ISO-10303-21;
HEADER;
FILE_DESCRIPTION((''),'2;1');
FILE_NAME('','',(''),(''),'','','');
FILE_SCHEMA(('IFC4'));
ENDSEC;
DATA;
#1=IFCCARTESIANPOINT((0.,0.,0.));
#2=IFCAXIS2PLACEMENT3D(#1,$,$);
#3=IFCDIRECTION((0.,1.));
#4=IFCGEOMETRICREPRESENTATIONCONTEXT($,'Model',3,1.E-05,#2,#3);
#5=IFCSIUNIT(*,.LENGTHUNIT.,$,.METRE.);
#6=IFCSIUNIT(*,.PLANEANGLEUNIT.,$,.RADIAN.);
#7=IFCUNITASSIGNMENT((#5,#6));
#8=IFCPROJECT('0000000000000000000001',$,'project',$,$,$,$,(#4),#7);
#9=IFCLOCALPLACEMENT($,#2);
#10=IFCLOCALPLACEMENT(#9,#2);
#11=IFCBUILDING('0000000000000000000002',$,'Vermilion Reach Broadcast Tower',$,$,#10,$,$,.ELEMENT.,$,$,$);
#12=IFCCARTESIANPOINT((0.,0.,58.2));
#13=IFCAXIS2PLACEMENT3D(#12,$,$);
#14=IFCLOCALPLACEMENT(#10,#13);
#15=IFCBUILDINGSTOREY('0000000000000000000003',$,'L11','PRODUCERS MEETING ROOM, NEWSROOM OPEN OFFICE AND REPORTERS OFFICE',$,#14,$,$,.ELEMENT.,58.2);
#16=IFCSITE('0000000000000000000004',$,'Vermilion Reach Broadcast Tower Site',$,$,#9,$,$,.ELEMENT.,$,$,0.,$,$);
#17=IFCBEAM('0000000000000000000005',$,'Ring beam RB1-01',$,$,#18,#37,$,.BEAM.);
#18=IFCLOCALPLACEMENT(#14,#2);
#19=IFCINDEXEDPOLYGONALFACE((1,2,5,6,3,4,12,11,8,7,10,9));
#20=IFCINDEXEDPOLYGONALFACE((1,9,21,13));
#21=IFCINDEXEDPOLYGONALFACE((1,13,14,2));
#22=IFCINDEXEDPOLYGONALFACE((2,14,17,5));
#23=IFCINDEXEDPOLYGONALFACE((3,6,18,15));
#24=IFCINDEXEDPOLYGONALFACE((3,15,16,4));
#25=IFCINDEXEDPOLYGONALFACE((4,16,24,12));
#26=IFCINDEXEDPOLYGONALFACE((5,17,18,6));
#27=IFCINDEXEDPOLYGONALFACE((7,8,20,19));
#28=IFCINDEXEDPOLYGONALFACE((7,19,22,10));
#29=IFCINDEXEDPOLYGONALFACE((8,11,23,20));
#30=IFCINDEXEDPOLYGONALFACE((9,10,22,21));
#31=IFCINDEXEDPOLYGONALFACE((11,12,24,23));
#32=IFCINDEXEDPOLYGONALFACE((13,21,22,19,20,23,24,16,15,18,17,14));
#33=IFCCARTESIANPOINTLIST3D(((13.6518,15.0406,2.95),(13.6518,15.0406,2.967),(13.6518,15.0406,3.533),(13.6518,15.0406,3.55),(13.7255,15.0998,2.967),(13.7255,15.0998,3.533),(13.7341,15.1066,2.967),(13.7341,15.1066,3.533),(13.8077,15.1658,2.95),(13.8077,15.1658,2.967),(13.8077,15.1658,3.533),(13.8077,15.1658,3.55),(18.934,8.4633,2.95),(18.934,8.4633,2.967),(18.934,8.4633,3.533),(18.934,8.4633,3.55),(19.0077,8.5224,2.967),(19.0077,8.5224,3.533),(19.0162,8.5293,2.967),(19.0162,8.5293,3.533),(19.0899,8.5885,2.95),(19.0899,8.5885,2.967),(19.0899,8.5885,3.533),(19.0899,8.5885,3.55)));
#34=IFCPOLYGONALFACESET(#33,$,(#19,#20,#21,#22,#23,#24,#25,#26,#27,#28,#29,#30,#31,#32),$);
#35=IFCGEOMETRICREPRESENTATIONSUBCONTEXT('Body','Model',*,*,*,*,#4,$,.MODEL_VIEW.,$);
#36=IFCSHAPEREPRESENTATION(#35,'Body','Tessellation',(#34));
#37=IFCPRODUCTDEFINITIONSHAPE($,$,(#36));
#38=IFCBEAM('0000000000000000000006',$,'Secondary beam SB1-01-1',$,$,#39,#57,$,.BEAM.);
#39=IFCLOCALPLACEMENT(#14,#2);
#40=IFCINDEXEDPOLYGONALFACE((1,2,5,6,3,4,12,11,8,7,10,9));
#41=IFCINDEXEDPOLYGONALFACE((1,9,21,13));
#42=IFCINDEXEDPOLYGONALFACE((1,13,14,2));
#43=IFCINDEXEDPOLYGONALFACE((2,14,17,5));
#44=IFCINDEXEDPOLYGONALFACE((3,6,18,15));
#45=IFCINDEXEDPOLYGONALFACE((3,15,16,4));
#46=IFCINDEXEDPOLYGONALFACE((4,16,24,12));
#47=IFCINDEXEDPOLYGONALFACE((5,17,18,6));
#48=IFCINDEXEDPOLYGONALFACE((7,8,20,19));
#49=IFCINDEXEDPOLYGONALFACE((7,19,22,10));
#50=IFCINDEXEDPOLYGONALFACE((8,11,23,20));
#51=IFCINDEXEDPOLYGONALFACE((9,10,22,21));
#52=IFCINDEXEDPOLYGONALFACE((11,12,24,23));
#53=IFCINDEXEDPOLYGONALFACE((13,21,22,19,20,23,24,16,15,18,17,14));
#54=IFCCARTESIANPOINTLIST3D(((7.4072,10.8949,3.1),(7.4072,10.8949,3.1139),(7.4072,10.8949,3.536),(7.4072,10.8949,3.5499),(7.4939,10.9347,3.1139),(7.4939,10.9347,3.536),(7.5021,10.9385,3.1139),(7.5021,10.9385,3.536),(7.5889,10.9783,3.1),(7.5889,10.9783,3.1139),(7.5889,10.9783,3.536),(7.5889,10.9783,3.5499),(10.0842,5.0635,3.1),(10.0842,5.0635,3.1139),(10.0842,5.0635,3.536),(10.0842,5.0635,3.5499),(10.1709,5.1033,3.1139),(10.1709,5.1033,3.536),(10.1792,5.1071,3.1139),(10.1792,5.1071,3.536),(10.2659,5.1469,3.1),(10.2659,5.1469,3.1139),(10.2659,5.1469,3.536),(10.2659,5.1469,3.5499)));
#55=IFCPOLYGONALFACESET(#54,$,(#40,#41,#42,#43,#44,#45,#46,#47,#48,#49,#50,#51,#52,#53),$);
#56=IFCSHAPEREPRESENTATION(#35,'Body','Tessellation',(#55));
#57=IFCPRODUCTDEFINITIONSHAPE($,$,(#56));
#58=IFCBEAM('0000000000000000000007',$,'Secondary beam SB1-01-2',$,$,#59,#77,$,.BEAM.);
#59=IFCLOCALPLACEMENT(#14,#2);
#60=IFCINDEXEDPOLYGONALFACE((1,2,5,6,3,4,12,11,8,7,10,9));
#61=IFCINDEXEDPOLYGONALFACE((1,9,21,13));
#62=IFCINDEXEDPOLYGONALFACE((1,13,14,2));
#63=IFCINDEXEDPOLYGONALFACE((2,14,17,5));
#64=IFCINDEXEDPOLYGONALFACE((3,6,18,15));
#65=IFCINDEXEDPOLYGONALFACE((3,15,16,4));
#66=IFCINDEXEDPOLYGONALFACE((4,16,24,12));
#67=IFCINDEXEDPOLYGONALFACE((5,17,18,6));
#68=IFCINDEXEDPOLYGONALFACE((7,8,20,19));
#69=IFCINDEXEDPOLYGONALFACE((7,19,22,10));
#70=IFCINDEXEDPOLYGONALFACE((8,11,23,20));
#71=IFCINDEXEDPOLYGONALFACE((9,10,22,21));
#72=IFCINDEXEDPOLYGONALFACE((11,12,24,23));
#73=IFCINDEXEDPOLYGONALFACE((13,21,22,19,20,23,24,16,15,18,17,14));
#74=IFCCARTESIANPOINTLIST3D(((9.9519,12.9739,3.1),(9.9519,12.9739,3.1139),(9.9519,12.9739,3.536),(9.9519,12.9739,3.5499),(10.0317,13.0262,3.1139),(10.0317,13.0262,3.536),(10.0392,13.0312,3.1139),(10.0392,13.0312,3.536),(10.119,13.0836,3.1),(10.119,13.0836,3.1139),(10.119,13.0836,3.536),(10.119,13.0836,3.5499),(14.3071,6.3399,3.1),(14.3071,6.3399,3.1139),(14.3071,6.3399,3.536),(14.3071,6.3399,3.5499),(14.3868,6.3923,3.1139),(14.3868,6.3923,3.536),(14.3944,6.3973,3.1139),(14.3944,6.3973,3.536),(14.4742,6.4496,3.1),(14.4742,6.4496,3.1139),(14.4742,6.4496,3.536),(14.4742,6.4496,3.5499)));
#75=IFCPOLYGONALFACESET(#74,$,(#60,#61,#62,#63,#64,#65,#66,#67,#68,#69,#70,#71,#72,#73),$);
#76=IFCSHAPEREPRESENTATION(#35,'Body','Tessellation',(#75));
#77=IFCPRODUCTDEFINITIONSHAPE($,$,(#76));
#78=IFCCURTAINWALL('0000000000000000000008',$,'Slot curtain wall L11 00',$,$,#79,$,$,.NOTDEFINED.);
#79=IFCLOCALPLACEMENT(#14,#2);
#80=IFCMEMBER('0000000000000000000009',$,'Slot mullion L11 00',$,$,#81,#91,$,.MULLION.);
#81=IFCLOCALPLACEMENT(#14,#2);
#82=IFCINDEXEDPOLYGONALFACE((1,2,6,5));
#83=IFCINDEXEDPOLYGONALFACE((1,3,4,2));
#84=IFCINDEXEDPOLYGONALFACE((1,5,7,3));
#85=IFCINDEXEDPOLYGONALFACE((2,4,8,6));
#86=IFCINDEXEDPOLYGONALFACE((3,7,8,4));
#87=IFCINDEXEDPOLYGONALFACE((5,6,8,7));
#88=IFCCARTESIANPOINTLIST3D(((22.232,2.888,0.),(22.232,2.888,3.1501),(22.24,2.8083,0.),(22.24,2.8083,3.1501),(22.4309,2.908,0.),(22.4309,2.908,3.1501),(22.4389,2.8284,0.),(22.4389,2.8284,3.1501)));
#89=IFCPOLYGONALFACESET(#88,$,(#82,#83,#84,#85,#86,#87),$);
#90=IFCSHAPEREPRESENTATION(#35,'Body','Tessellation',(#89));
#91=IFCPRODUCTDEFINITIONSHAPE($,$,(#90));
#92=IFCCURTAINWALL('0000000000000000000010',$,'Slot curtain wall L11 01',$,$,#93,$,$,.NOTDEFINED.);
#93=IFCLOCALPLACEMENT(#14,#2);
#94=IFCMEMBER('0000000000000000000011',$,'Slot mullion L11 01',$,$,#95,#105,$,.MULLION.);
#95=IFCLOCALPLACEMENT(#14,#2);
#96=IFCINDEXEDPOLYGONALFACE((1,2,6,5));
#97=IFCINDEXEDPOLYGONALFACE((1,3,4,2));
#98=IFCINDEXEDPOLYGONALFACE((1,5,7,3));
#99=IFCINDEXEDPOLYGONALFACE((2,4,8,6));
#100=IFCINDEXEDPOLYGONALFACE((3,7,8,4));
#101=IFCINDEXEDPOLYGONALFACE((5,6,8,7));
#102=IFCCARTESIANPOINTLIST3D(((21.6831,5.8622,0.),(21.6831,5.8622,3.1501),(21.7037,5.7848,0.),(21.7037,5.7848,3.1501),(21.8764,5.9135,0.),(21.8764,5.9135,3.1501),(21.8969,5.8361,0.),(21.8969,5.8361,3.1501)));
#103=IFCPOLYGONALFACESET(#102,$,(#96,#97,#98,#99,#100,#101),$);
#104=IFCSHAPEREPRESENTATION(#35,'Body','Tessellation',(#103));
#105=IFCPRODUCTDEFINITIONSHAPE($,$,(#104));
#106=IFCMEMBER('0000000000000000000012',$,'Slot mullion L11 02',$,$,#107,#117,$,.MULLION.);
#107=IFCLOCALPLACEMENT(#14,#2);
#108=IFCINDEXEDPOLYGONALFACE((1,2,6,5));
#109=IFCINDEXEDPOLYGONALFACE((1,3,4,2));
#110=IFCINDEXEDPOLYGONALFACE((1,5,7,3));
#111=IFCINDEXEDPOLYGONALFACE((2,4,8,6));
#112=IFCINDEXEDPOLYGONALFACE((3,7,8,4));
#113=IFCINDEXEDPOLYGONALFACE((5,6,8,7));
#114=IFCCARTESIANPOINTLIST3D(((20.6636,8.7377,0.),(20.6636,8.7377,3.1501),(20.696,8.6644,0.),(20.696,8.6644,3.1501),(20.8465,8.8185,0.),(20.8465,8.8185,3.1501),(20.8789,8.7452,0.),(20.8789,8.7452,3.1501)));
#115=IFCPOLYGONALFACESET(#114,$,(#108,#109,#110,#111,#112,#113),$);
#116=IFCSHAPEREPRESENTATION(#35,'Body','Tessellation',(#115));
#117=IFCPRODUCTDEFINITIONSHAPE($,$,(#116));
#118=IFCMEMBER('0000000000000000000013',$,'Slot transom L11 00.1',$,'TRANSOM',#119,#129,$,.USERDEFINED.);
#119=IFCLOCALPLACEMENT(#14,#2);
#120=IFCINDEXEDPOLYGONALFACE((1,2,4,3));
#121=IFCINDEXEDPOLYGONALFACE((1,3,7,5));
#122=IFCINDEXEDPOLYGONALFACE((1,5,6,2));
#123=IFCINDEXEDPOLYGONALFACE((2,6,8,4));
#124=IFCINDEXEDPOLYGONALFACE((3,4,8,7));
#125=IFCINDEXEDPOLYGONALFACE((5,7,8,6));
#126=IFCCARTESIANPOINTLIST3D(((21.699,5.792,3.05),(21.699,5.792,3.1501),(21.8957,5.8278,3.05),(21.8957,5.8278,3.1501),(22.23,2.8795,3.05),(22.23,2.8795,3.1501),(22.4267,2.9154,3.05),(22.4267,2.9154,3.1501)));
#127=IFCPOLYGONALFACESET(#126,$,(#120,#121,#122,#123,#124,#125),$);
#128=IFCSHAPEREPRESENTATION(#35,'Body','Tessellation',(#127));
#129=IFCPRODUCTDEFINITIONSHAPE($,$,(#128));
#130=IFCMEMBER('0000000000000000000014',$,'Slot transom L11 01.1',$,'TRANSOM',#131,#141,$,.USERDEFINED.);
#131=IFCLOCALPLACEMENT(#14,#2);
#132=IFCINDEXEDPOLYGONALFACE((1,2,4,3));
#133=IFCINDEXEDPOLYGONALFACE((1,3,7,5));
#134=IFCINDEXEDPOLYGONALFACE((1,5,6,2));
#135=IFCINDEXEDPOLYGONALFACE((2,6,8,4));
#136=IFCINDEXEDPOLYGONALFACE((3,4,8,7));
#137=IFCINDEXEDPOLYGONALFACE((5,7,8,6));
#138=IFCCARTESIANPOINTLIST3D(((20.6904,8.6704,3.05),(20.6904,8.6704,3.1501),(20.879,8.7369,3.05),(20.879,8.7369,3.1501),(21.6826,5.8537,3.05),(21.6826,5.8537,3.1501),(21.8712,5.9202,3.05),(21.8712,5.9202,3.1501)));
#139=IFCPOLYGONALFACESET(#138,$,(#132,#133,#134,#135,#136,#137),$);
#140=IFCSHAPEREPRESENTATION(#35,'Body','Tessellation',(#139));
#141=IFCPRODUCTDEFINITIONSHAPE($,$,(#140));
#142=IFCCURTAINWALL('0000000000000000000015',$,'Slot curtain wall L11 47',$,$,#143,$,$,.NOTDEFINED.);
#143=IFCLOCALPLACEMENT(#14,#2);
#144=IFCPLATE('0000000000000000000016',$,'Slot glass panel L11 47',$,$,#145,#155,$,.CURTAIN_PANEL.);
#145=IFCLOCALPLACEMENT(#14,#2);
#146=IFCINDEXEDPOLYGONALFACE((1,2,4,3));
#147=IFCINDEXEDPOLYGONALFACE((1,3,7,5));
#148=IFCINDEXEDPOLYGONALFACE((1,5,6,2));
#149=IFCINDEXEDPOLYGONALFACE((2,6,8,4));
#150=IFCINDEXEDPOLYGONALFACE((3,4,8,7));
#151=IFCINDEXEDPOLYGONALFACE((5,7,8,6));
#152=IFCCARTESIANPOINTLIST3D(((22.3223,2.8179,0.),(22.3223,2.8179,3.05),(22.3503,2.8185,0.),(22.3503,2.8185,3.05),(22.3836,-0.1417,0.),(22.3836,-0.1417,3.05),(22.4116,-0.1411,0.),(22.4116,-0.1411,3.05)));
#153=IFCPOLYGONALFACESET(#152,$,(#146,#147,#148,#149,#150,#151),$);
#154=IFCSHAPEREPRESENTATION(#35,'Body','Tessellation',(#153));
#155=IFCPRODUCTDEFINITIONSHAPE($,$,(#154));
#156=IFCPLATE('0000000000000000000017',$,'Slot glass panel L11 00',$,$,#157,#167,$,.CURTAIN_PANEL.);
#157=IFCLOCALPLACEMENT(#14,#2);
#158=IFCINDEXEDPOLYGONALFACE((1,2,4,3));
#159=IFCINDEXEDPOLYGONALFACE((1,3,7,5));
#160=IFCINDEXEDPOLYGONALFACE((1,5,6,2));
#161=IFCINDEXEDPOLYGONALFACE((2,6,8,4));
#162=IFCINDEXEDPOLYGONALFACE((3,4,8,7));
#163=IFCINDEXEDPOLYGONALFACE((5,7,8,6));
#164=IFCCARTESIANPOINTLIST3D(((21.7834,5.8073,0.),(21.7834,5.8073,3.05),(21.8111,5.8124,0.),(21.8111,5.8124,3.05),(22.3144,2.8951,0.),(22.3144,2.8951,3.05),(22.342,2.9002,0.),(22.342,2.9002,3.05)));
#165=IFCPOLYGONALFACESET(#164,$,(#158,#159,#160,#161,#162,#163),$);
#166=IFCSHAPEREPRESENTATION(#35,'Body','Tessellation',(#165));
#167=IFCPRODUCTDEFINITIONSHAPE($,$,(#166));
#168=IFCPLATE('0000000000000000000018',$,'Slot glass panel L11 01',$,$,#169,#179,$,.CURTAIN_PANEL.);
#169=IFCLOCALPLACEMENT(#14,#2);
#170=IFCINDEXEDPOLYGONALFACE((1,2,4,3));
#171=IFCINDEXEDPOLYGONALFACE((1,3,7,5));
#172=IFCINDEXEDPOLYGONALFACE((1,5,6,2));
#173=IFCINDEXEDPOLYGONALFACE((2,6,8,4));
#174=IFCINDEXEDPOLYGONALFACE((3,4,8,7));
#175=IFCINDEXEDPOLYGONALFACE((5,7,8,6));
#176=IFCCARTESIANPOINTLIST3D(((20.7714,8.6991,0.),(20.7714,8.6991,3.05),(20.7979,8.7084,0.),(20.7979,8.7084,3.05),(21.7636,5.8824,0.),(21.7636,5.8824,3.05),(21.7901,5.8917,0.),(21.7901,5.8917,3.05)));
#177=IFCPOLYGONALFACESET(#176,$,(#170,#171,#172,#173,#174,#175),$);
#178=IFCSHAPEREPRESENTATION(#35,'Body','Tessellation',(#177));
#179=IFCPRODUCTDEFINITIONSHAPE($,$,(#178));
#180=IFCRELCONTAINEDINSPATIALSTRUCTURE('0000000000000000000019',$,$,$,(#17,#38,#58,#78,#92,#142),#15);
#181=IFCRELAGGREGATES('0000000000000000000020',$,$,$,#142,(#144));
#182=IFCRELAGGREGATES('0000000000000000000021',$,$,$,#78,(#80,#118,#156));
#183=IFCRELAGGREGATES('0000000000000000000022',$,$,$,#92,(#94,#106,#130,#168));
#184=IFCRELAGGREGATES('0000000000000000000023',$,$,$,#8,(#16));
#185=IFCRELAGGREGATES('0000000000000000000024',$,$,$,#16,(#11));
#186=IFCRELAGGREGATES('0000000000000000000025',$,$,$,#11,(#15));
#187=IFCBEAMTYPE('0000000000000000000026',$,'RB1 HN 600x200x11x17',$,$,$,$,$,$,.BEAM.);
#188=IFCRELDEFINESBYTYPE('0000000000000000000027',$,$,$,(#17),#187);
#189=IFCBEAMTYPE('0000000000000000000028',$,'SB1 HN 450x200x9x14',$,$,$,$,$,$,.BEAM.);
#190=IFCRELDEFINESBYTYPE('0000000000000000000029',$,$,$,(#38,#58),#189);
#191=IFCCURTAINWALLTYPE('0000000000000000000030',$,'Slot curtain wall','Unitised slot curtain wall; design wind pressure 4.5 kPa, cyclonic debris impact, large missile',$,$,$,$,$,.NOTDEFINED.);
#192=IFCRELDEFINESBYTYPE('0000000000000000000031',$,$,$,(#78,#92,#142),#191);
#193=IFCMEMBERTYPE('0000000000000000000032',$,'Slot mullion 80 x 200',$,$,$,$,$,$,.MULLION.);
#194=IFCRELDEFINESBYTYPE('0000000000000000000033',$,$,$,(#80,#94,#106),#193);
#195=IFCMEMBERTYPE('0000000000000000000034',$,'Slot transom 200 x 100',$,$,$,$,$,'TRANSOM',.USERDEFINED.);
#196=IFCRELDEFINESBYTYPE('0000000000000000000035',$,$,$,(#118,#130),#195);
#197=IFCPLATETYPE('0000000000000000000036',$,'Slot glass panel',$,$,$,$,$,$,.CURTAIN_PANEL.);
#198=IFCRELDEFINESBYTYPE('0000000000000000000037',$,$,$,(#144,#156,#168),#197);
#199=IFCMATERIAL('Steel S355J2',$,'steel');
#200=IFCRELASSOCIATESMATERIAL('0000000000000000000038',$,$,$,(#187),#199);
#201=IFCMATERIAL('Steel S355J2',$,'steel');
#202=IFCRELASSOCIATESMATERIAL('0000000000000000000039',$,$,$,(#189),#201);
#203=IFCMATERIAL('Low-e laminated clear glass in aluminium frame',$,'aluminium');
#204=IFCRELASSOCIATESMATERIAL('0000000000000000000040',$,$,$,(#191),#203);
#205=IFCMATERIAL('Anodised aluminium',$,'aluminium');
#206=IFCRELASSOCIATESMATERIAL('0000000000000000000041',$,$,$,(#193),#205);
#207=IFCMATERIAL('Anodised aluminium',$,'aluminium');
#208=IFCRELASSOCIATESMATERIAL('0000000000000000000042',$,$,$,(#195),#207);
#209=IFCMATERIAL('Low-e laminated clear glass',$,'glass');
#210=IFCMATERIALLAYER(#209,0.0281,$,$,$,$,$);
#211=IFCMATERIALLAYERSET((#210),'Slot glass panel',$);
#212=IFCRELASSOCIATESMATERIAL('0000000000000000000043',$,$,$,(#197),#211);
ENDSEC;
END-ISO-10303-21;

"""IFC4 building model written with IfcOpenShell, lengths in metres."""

from ifc_helpers import new_model, si_unit, direction, frame, origin, origin_2d, place, context, subcontext, project, spatial, rectangle, i_section, extrude, material, layer, layer_set, material_profile, profile_set, type_object, element, aggregate, save


model = new_model("IFC4")

# Units and contexts
model_context = context("Model", 3, precision=1e-05, world=origin(), true_north=direction((0.0, 1.0)))
body_context = subcontext(model_context, "Body", "Model", "MODEL_VIEW")
ifc_project = project(units=[si_unit("LENGTHUNIT", "METRE"), si_unit("PLANEANGLEUNIT", "RADIAN")], contexts=[model_context])

# Site, building, storey
site_placement = place(None, origin())
site = spatial("IfcSite", under=ifc_project, at=site_placement, Name="Vermilion Reach Broadcast Tower Site", CompositionType="ELEMENT", RefElevation=0.0)
building_placement = place(site_placement, origin())
building = spatial("IfcBuilding", under=site, at=building_placement, Name="Vermilion Reach Broadcast Tower", CompositionType="ELEMENT")
storey_placement = place(building_placement, frame((0.0, 0.0, 58.2)))
storey = spatial("IfcBuildingStorey", under=building, at=storey_placement, Name="L11", Description="PRODUCERS MEETING ROOM, NEWSROOM OPEN OFFICE AND REPORTERS OFFICE", CompositionType="ELEMENT", Elevation=58.2)

# Beams
ifc_material_1 = material(Name="Steel S355J2", Category="steel")
ifc_material_profile_1 = material_profile(ifc_material_1, i_section(OverallWidth=0.2, OverallDepth=0.6001, WebThickness=0.011, FlangeThickness=0.0171, at=origin_2d()), Name="S355J2 HN 600x200x11x17")
ifc_profile_set_1 = profile_set([ifc_material_profile_1], Name="Steel S355J2")
beam_type_1 = type_object("IfcBeamType", Name="RB1 HN 600x200x11x17", PredefinedType="BEAM", material=ifc_profile_set_1)
beam_1_placement = place(storey_placement, frame((19.012, 8.5259, 3.25), z_axis=(-0.626162, 0.779693, 0.0), x_axis=(-0.779693, -0.626162, 0.0)))
element("IfcBeam", 1, at=beam_1_placement, inside=storey, type_object=beam_type_1, Name="Ring beam RB1-01", PredefinedType="BEAM", context=body_context, shape_type="SweptSolid", body=[
    extrude(i_section(OverallWidth=0.2, OverallDepth=0.6001, WebThickness=0.011, FlangeThickness=0.0171, at=origin_2d()), origin(), (0.0, 0.0, 1.0), 8.4358),
])
ifc_material_2 = material(Name="Steel S355J2", Category="steel")
ifc_material_profile_2 = material_profile(ifc_material_2, i_section(OverallWidth=0.2, OverallDepth=0.45, WebThickness=0.009, FlangeThickness=0.0139, at=origin_2d()), Name="S355J2 HN 450x200x9x14")
ifc_profile_set_2 = profile_set([ifc_material_profile_2], Name="Steel S355J2")
beam_type_2 = type_object("IfcBeamType", Name="SB1 HN 450x200x9x14", PredefinedType="BEAM", material=ifc_profile_set_2)
beam_2_placement = place(storey_placement, frame((10.175, 5.1052, 3.325), z_axis=(-0.417211, 0.908809, 0.0), x_axis=(-0.908809, -0.417211, 0.0)))
element("IfcBeam", 2, at=beam_2_placement, inside=storey, type_object=beam_type_2, Name="Secondary beam SB1-01-1", PredefinedType="BEAM", context=body_context, shape_type="SweptSolid", body=[
    extrude(i_section(OverallWidth=0.2, OverallDepth=0.45, WebThickness=0.009, FlangeThickness=0.0139, at=origin_2d()), origin(), (0.0, 0.0, 1.0), 6.4165),
])
beam_3_placement = place(storey_placement, frame((14.3906, 6.3948, 3.325), z_axis=(-0.548801, 0.835953, 0.0), x_axis=(-0.835953, -0.548801, 0.0)))
element("IfcBeam", 3, at=beam_3_placement, inside=storey, type_object=beam_type_2, Name="Secondary beam SB1-01-2", PredefinedType="BEAM", context=body_context, shape_type="SweptSolid", body=[
    extrude(i_section(OverallWidth=0.2, OverallDepth=0.45, WebThickness=0.009, FlangeThickness=0.0139, at=origin_2d()), origin(), (0.0, 0.0, 1.0), 7.9358),
])

# Curtain wall, member
ifc_material_3 = material(Name="Low-e laminated clear glass in aluminium frame", Category="aluminium")
curtain_wall_type = type_object("IfcCurtainWallType", Name="Slot curtain wall", Description="Unitised slot curtain wall; design wind pressure 4.5 kPa, cyclonic debris impact, large missile", PredefinedType="NOTDEFINED", material=ifc_material_3)
placement = place(storey_placement, origin())
curtain_wall_1 = element("IfcCurtainWall", 4, at=placement, inside=storey, type_object=curtain_wall_type, Name="Slot curtain wall L11 00", PredefinedType="NOTDEFINED")
ifc_material_4 = material(Name="Anodised aluminium", Category="aluminium")
ifc_material_profile_3 = material_profile(ifc_material_4, rectangle(XDim=0.2, YDim=0.0801, at=origin_2d()), Name="Slot mullion 80 x 200")
ifc_profile_set_3 = profile_set([ifc_material_profile_3], Name="Anodised aluminium")
member_type_1 = type_object("IfcMemberType", Name="Slot mullion 80 x 200", PredefinedType="MULLION", material=ifc_profile_set_3)
member_1_placement = place(storey_placement, frame((22.3354, 2.8582, 0.0), z_axis=(0.0, 0.0, 1.0), x_axis=(-0.994951, -0.100362, 0.0)))
member_1 = element("IfcMember", 5, at=member_1_placement, type_object=member_type_1, Name="Slot mullion L11 00", PredefinedType="MULLION", context=body_context, shape_type="SweptSolid", body=[
    extrude(rectangle(XDim=0.2, YDim=0.0801, at=origin_2d()), origin(), (0.0, 0.0, 1.0), 3.1501),
])

# Curtain wall, members
curtain_wall_2 = element("IfcCurtainWall", 6, at=placement, inside=storey, type_object=curtain_wall_type, Name="Slot curtain wall L11 01", PredefinedType="NOTDEFINED")
member_2_placement = place(storey_placement, frame((21.79, 5.8491, 0.0), z_axis=(0.0, 0.0, 1.0), x_axis=(-0.966516, -0.256608, 0.0)))
member_2 = element("IfcMember", 7, at=member_2_placement, type_object=member_type_1, Name="Slot mullion L11 01", PredefinedType="MULLION", context=body_context, shape_type="SweptSolid", body=[
    extrude(rectangle(XDim=0.2, YDim=0.0801, at=origin_2d()), origin(), (0.0, 0.0, 1.0), 3.1501),
])
member_3_placement = place(storey_placement, frame((20.7712, 8.7415, 0.0), z_axis=(0.0, 0.0, 1.0), x_axis=(-0.914724, -0.404079, 0.0)))
member_3 = element("IfcMember", 8, at=member_3_placement, type_object=member_type_1, Name="Slot mullion L11 02", PredefinedType="MULLION", context=body_context, shape_type="SweptSolid", body=[
    extrude(rectangle(XDim=0.2, YDim=0.0801, at=origin_2d()), origin(), (0.0, 0.0, 1.0), 3.1501),
])

# Members
ifc_material_5 = material(Name="Anodised aluminium", Category="aluminium")
ifc_material_profile_4 = material_profile(ifc_material_5, rectangle(XDim=0.2, YDim=0.1001, at=origin_2d()), Name="Slot transom 200 x 100")
ifc_profile_set_4 = profile_set([ifc_material_profile_4], Name="Anodised aluminium")
member_type_2 = type_object("IfcMemberType", Name="Slot transom 200 x 100", ElementType="TRANSOM", PredefinedType="USERDEFINED", material=ifc_profile_set_4)
member_4_placement = place(storey_placement, frame((22.3284, 2.8975, 3.1001), z_axis=(-0.179372, 0.983781, 0.0), x_axis=(-0.983781, -0.179372, 0.0)))
member_4 = element("IfcMember", 9, at=member_4_placement, type_object=member_type_2, Name="Slot transom L11 00.1", ObjectType="TRANSOM", PredefinedType="USERDEFINED", context=body_context, shape_type="SweptSolid", body=[
    extrude(rectangle(XDim=0.2, YDim=0.1001, at=origin_2d()), origin(), (0.0, 0.0, 1.0), 2.9604),
])
member_5_placement = place(storey_placement, frame((21.7769, 5.887, 3.1001), z_axis=(-0.332247, 0.943192, 0.0), x_axis=(-0.943192, -0.332247, 0.0)))
member_5 = element("IfcMember", 10, at=member_5_placement, type_object=member_type_2, Name="Slot transom L11 01.1", ObjectType="TRANSOM", PredefinedType="USERDEFINED", context=body_context, shape_type="SweptSolid", body=[
    extrude(rectangle(XDim=0.2, YDim=0.1001, at=origin_2d()), origin(), (0.0, 0.0, 1.0), 2.9863),
])

# Curtain wall, plate
curtain_wall_3 = element("IfcCurtainWall", 11, at=placement, inside=storey, type_object=curtain_wall_type, Name="Slot curtain wall L11 47", PredefinedType="NOTDEFINED")
ifc_material_6 = material(Name="Low-e laminated clear glass", Category="glass")
ifc_layer_1 = layer(ifc_material_6, 0.0281)
ifc_layer_set_1 = layer_set([ifc_layer_1], Name="Slot glass panel")
plate_type = type_object("IfcPlateType", Name="Slot glass panel", PredefinedType="CURTAIN_PANEL", material=ifc_layer_set_1)
plate_1_placement = place(storey_placement, frame((22.3669, 1.3384, 0.0), z_axis=(0.0, 0.0, 1.0), x_axis=(-0.020712, 0.999785, 0.0)))
plate_1 = element("IfcPlate", 12, at=plate_1_placement, type_object=plate_type, Name="Slot glass panel L11 47", PredefinedType="CURTAIN_PANEL", context=body_context, shape_type="SweptSolid", body=[
    extrude(rectangle(XDim=2.9602, YDim=0.0281, at=origin_2d()), origin(), (0.0, 0.0, 1.0), 3.05),
])
aggregate(curtain_wall_3, [plate_1])

# Plates
plate_2_placement = place(storey_placement, frame((22.0627, 4.3538, 0.0), z_axis=(0.0, 0.0, 1.0), x_axis=(-0.179373, 0.983781, 0.0)))
plate_2 = element("IfcPlate", 13, at=plate_2_placement, type_object=plate_type, Name="Slot glass panel L11 00", PredefinedType="CURTAIN_PANEL", context=body_context, shape_type="SweptSolid", body=[
    extrude(rectangle(XDim=2.9602, YDim=0.0281, at=origin_2d()), origin(), (0.0, 0.0, 1.0), 3.05),
])
aggregate(curtain_wall_1, [member_1, member_4, plate_2])
plate_3_placement = place(storey_placement, frame((21.2808, 7.2954, 0.0), z_axis=(0.0, 0.0, 1.0), x_axis=(-0.332236, 0.943196, 0.0)))
plate_3 = element("IfcPlate", 14, at=plate_3_placement, type_object=plate_type, Name="Slot glass panel L11 01", PredefinedType="CURTAIN_PANEL", context=body_context, shape_type="SweptSolid", body=[
    extrude(rectangle(XDim=2.9863, YDim=0.0281, at=origin_2d()), origin(), (0.0, 0.0, 1.0), 3.05),
])
aggregate(curtain_wall_2, [member_2, member_3, member_5, plate_3])

save(model, "model.ifc")
